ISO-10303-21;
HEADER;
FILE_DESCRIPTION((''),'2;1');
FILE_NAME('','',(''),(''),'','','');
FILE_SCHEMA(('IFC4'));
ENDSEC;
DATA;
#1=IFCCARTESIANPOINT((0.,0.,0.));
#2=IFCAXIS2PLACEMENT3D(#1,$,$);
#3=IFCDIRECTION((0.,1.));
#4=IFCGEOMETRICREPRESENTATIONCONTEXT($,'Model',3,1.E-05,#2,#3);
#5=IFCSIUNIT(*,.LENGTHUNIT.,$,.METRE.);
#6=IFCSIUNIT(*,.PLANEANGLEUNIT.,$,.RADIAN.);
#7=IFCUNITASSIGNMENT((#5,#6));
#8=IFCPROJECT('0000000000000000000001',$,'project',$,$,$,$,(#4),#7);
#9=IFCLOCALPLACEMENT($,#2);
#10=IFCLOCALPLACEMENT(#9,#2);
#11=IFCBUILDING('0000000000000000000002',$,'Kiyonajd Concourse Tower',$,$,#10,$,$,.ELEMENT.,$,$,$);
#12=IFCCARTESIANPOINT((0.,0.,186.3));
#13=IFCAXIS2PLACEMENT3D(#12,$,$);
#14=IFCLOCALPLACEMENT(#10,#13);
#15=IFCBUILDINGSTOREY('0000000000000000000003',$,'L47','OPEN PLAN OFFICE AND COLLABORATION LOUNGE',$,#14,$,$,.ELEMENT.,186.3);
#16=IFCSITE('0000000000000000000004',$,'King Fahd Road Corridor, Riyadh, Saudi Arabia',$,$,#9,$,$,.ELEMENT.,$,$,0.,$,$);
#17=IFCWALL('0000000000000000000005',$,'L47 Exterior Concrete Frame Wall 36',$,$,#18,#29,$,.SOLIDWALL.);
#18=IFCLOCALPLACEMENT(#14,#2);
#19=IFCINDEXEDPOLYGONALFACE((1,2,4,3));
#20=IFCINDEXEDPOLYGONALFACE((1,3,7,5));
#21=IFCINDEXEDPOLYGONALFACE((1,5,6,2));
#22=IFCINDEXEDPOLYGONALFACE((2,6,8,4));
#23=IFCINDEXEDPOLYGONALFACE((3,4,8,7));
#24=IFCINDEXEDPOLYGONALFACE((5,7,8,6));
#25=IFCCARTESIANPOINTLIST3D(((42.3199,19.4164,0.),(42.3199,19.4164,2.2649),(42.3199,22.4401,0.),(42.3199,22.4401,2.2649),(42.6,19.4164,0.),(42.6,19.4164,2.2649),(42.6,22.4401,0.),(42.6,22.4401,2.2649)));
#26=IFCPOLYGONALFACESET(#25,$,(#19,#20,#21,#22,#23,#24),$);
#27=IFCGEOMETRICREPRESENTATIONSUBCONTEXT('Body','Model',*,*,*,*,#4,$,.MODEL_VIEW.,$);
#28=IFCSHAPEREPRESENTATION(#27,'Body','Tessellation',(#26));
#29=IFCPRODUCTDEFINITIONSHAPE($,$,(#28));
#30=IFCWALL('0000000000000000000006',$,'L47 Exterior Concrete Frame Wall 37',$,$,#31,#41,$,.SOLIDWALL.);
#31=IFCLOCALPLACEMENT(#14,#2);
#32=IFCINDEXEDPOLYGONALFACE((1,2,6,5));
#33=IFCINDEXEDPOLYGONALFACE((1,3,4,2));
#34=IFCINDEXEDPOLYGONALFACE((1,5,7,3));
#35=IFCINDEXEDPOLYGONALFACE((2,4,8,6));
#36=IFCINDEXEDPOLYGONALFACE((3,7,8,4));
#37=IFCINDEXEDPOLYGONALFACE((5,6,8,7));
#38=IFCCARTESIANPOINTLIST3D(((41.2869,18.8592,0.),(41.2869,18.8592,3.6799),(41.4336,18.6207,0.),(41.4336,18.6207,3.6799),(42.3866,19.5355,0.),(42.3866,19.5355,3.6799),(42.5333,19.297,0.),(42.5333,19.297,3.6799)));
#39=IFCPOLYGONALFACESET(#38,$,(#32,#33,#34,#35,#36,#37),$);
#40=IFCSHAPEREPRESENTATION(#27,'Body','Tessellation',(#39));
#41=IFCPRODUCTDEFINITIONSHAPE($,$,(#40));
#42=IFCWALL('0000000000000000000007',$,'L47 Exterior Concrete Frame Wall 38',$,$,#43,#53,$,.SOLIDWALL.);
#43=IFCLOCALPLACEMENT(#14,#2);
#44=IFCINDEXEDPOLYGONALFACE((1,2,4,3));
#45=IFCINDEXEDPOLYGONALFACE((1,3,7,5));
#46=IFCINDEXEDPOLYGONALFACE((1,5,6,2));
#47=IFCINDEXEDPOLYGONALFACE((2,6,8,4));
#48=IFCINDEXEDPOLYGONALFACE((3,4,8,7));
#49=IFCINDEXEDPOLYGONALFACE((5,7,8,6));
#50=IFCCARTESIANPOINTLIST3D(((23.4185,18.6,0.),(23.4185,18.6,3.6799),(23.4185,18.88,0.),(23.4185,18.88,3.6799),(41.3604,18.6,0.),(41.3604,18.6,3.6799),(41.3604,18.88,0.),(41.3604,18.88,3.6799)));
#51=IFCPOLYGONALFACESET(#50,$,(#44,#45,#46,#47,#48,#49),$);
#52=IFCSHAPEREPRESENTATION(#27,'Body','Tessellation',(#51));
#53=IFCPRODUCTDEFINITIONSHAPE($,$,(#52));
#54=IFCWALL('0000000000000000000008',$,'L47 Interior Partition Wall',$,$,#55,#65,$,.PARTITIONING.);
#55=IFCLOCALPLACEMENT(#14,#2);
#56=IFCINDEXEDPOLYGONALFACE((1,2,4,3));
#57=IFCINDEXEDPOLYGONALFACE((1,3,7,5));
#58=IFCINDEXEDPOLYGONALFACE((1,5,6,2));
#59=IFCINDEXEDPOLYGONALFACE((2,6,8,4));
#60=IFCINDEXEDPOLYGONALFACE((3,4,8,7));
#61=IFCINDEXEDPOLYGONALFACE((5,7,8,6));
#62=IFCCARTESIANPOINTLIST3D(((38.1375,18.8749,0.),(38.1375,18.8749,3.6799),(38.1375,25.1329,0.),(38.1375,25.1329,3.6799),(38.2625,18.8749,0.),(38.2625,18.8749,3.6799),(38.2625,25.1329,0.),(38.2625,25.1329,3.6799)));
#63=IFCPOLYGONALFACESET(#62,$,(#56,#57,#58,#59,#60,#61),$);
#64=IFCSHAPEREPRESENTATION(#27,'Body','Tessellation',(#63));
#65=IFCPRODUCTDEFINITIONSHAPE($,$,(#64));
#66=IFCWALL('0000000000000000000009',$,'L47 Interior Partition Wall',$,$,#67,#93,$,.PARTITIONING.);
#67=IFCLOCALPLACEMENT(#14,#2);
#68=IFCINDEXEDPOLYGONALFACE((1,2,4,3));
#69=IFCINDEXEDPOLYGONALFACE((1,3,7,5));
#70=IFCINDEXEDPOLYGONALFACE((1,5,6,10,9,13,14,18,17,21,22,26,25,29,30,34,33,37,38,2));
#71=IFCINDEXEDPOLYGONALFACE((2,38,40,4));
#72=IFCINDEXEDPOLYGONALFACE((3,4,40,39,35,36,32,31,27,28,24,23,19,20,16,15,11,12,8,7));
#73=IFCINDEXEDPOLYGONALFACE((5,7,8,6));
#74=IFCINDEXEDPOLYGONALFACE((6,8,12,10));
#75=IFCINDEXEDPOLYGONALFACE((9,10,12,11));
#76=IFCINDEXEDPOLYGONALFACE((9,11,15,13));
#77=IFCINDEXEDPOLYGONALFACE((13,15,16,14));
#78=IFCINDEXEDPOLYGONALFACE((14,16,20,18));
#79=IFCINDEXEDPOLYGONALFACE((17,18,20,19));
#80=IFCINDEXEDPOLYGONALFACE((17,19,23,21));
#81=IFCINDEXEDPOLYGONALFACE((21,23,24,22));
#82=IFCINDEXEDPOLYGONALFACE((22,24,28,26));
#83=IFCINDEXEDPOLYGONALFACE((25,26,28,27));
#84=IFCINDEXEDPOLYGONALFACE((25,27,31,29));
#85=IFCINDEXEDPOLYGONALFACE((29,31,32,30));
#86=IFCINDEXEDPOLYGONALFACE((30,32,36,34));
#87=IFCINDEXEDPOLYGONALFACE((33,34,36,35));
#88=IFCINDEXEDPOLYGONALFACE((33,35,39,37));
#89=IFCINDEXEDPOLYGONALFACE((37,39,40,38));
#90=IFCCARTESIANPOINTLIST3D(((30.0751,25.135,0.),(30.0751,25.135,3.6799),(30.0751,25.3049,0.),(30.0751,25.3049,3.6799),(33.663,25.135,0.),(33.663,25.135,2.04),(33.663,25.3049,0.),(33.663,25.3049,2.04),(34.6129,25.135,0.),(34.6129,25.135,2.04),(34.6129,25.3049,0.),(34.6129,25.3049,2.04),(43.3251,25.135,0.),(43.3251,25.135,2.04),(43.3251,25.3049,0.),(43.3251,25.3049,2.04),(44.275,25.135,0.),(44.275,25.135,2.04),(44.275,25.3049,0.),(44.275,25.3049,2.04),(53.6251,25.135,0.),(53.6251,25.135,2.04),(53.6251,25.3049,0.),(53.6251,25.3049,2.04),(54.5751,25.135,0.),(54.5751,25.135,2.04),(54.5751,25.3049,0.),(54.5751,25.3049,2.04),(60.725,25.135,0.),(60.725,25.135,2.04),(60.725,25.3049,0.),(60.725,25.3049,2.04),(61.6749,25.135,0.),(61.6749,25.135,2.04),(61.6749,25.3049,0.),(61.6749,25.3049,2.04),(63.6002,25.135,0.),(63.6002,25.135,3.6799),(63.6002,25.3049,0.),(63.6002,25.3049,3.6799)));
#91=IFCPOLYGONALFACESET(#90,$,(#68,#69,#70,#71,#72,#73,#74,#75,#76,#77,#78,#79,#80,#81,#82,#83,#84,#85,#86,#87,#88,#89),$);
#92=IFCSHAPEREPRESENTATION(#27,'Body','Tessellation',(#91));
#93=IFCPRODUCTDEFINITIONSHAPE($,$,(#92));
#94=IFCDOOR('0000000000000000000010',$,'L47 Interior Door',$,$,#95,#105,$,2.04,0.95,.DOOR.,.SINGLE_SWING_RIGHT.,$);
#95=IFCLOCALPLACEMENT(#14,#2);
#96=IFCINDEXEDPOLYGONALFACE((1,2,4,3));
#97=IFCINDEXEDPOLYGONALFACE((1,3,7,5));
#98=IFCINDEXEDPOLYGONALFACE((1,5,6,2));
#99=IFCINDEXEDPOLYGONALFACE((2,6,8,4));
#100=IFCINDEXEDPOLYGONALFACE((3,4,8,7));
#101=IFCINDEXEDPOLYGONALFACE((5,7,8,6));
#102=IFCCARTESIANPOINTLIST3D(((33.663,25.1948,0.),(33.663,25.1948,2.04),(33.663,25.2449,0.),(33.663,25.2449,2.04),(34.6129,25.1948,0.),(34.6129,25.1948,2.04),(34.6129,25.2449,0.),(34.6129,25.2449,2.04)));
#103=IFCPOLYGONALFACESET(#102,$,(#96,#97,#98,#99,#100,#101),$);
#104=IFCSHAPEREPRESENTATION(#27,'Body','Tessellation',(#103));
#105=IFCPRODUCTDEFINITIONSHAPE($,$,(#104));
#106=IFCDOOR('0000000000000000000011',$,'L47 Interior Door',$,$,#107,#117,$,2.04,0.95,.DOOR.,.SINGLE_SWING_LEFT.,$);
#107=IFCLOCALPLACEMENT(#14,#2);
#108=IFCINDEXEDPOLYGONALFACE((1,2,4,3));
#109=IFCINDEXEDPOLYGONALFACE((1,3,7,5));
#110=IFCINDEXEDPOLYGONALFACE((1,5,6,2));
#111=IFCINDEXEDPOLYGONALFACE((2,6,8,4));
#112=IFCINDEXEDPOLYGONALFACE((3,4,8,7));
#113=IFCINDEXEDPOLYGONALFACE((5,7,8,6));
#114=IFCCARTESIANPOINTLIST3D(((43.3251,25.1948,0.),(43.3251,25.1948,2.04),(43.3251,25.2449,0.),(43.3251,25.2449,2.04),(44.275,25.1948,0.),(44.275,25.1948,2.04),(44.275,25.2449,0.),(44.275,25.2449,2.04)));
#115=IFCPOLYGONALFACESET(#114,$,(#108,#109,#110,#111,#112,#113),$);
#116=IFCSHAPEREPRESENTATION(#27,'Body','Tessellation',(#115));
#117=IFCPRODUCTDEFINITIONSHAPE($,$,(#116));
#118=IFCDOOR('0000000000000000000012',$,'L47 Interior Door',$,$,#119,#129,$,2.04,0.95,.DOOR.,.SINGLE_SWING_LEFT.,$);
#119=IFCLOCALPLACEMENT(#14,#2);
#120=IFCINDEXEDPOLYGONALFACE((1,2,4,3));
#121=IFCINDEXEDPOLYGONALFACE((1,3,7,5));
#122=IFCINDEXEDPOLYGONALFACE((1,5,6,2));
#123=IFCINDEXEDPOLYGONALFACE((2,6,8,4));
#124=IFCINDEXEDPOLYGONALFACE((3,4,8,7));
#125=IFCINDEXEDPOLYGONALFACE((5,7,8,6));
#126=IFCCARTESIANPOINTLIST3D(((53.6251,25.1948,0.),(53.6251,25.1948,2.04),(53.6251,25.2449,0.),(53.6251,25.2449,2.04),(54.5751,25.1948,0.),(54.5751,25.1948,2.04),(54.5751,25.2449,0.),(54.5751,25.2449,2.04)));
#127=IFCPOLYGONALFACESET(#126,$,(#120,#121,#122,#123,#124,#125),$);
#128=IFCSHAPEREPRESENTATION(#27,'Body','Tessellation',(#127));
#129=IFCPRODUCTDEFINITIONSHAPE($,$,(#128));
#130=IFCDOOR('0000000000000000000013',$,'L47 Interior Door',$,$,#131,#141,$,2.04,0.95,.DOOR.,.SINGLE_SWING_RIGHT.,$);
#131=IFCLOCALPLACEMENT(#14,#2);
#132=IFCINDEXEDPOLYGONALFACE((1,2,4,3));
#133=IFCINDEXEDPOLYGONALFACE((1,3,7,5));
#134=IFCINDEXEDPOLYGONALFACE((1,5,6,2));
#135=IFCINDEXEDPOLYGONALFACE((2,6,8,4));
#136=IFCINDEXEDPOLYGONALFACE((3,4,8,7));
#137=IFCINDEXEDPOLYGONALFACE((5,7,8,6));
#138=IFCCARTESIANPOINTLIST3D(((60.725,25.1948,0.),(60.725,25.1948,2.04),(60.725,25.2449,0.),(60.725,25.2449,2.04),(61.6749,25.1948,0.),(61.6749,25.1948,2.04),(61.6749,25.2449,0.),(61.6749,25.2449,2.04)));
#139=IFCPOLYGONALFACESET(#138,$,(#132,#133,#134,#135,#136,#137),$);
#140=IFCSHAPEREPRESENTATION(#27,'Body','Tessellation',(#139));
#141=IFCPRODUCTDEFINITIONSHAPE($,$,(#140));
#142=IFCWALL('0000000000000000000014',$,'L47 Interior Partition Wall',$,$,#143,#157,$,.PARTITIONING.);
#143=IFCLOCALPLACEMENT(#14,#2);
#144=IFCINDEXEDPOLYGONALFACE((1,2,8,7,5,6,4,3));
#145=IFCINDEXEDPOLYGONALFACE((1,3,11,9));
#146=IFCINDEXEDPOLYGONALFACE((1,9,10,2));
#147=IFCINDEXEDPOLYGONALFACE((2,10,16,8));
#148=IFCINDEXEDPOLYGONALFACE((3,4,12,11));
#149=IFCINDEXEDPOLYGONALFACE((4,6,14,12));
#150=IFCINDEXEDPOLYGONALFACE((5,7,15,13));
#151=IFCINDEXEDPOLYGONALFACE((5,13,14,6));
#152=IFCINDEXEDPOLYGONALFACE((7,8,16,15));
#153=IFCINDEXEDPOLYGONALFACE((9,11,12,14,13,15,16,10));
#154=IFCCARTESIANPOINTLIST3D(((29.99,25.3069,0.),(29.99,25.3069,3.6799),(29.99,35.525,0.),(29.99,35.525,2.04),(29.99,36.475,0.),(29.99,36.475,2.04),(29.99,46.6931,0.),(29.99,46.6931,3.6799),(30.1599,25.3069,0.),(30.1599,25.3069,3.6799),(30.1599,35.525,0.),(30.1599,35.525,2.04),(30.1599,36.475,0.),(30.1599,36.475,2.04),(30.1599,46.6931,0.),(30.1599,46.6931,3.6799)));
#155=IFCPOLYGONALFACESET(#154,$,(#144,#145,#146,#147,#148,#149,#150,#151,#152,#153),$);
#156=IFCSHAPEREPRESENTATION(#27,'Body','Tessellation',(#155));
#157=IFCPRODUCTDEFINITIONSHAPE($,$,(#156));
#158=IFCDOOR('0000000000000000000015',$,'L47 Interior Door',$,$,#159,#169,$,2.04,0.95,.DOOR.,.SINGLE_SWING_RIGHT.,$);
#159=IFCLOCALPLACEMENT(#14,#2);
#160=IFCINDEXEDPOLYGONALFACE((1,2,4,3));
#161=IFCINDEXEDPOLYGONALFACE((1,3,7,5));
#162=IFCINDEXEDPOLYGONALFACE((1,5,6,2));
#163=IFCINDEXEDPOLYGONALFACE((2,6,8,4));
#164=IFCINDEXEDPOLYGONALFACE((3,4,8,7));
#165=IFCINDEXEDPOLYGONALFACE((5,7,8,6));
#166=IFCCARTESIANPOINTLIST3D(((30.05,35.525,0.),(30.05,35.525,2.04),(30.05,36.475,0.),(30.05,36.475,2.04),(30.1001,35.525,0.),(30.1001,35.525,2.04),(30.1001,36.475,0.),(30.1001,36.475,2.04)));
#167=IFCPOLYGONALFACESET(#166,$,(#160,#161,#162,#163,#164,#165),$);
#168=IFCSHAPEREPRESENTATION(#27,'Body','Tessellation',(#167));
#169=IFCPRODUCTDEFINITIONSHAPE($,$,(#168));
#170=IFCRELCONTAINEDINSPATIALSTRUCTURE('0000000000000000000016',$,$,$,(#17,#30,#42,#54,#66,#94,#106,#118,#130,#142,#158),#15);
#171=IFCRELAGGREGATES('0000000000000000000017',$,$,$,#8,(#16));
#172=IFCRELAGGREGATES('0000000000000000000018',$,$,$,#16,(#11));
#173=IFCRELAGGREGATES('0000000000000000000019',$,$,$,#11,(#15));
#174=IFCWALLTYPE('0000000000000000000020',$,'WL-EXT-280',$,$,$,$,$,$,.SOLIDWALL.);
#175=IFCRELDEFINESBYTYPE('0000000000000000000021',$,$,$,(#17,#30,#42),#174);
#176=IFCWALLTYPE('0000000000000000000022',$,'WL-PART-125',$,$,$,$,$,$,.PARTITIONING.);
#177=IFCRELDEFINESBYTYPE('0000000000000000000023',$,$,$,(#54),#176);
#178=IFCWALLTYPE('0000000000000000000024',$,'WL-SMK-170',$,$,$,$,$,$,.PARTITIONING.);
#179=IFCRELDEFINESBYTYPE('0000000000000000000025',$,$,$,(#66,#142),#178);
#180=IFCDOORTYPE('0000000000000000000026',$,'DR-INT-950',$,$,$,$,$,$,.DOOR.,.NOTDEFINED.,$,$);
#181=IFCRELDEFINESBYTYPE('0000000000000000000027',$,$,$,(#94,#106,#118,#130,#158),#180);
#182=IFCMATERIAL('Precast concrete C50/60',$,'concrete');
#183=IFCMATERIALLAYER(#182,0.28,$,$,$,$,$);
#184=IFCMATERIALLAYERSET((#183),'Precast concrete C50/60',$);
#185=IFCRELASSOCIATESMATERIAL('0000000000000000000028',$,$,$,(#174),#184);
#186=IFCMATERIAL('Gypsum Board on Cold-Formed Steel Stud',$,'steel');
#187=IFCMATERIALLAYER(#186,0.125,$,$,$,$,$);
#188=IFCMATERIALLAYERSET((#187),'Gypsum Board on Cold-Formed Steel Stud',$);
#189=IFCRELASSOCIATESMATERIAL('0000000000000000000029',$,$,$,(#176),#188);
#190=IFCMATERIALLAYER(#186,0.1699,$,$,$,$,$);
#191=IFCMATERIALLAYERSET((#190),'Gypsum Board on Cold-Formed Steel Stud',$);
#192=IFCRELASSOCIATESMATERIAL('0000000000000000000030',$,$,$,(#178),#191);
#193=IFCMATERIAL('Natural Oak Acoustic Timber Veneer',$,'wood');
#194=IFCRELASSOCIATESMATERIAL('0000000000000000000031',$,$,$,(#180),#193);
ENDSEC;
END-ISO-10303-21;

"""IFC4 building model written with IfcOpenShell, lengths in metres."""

from ifc_helpers import new_model, si_unit, direction, frame, frame_2d, origin, place, context, subcontext, project, spatial, rectangle, extrude, material, layer, layer_set, type_object, element, fill, save


model = new_model("IFC4")

# Units and contexts
model_context = context("Model", 3, precision=1e-05, world=origin(), true_north=direction((0.0, 1.0)))
body_context = subcontext(model_context, "Body", "Model", "MODEL_VIEW")
ifc_project = project(units=[si_unit("LENGTHUNIT", "METRE"), si_unit("PLANEANGLEUNIT", "RADIAN")], contexts=[model_context])

# Site, building, storey
site_placement = place(None, origin())
site = spatial("IfcSite", under=ifc_project, at=site_placement, Name="King Fahd Road Corridor, Riyadh, Saudi Arabia", CompositionType="ELEMENT", RefElevation=0.0)
building_placement = place(site_placement, origin())
building = spatial("IfcBuilding", under=site, at=building_placement, Name="Kiyonajd Concourse Tower", CompositionType="ELEMENT")
storey_placement = place(building_placement, frame((0.0, 0.0, 186.3)))
storey = spatial("IfcBuildingStorey", under=building, at=storey_placement, Name="L47", Description="OPEN PLAN OFFICE AND COLLABORATION LOUNGE", CompositionType="ELEMENT", Elevation=186.3)

# Walls
ifc_material_1 = material(Name="Precast concrete C50/60", Category="concrete")
ifc_layer_1 = layer(ifc_material_1, 0.28)
ifc_layer_set_1 = layer_set([ifc_layer_1], Name="Precast concrete C50/60")
wall_type_1 = type_object("IfcWallType", Name="WL-EXT-280", PredefinedType="SOLIDWALL", material=ifc_layer_set_1)
wall_1_placement = place(storey_placement, frame((42.46, 22.4399, 0.0), z_axis=(0.0, 0.0, 1.0), x_axis=(0.0, -1.0, 0.0)))
element("IfcWall", 1, at=wall_1_placement, inside=storey, type_object=wall_type_1, Name="L47 Exterior Concrete Frame Wall 36", PredefinedType="SOLIDWALL", context=body_context, shape_type="SweptSolid", body=[
    extrude(rectangle(XDim=3.0237, YDim=0.28, at=frame_2d((1.5117, 0.0))), origin(), (0.0, 0.0, 1.0), 2.2649),
])
wall_2_placement = place(storey_placement, frame((42.46, 19.4163, 0.0), z_axis=(0.0, 0.0, 1.0), x_axis=(-0.851801, -0.523865, 0.0)))
element("IfcWall", 2, at=wall_2_placement, inside=storey, type_object=wall_type_1, Name="L47 Exterior Concrete Frame Wall 37", PredefinedType="SOLIDWALL", context=body_context, shape_type="SweptSolid", body=[
    extrude(rectangle(XDim=1.291, YDim=0.28, at=frame_2d((0.6455, 0.0))), origin(), (0.0, 0.0, 1.0), 3.6799),
])
wall_3_placement = place(storey_placement, frame((41.3604, 18.74, 0.0), z_axis=(0.0, 0.0, 1.0), x_axis=(-1.0, 0.0, 0.0)))
element("IfcWall", 3, at=wall_3_placement, inside=storey, type_object=wall_type_1, Name="L47 Exterior Concrete Frame Wall 38", PredefinedType="SOLIDWALL", context=body_context, shape_type="SweptSolid", body=[
    extrude(rectangle(XDim=17.9419, YDim=0.28, at=frame_2d((8.9709, 0.0))), origin(), (0.0, 0.0, 1.0), 3.6799),
])
ifc_material_2 = material(Name="Gypsum Board on Cold-Formed Steel Stud", Category="steel")
ifc_layer_2 = layer(ifc_material_2, 0.125)
ifc_layer_set_2 = layer_set([ifc_layer_2], Name="Gypsum Board on Cold-Formed Steel Stud")
wall_type_2 = type_object("IfcWallType", Name="WL-PART-125", PredefinedType="PARTITIONING", material=ifc_layer_set_2)
wall_4_placement = place(storey_placement, frame((38.2, 18.875, 0.0), z_axis=(0.0, 0.0, 1.0), x_axis=(0.0, 1.0, 0.0)))
element("IfcWall", 4, at=wall_4_placement, inside=storey, type_object=wall_type_2, Name="L47 Interior Partition Wall", PredefinedType="PARTITIONING", context=body_context, shape_type="SweptSolid", body=[
    extrude(rectangle(XDim=6.2581, YDim=0.125, at=frame_2d((3.1289, 0.0))), origin(), (0.0, 0.0, 1.0), 3.6799),
])

# Wall, openings, doors
ifc_layer_3 = layer(ifc_material_2, 0.1699)
ifc_layer_set_3 = layer_set([ifc_layer_3], Name="Gypsum Board on Cold-Formed Steel Stud")
wall_type_3 = type_object("IfcWallType", Name="WL-SMK-170", PredefinedType="PARTITIONING", material=ifc_layer_set_3)
wall_5_placement = place(storey_placement, frame((30.075, 25.22, 0.0), z_axis=(0.0, 0.0, 1.0), x_axis=(1.0, 0.0, 0.0)))
wall_5 = element("IfcWall", 5, at=wall_5_placement, inside=storey, type_object=wall_type_3, Name="L47 Interior Partition Wall", PredefinedType="PARTITIONING", context=body_context, shape_type="SweptSolid", body=[
    extrude(rectangle(XDim=33.5251, YDim=0.1699, at=frame_2d((16.7627, 0.0))), origin(), (0.0, 0.0, 1.0), 3.6799),
])
opening_1_placement = place(wall_5_placement, frame((3.5879, 0.0, 0.0)))
opening_1 = element("IfcOpeningElement", 6, at=opening_1_placement, cuts=wall_5, PredefinedType="OPENING", context=body_context, shape_type="SweptSolid", body=[
    extrude(rectangle(XDim=0.95, YDim=2.04, at=frame_2d((0.4751, 1.02))), frame((0.0, 0.095, 0.0), z_axis=(0.0, -1.0, 0.0), x_axis=(1.0, 0.0, 0.0)), (0.0, 0.0, 1.0), 0.1899),
])
opening_2_placement = place(wall_5_placement, frame((13.25, 0.0, 0.0)))
opening_2 = element("IfcOpeningElement", 7, at=opening_2_placement, cuts=wall_5, PredefinedType="OPENING", context=body_context, shape_type="SweptSolid", body=[
    extrude(rectangle(XDim=0.95, YDim=2.04, at=frame_2d((0.4751, 1.02))), frame((0.0, 0.095, 0.0), z_axis=(0.0, -1.0, 0.0), x_axis=(1.0, 0.0, 0.0)), (0.0, 0.0, 1.0), 0.1899),
])
opening_3_placement = place(wall_5_placement, frame((23.55, 0.0, 0.0)))
opening_3 = element("IfcOpeningElement", 8, at=opening_3_placement, cuts=wall_5, PredefinedType="OPENING", context=body_context, shape_type="SweptSolid", body=[
    extrude(rectangle(XDim=0.95, YDim=2.04, at=frame_2d((0.4751, 1.02))), frame((0.0, 0.095, 0.0), z_axis=(0.0, -1.0, 0.0), x_axis=(1.0, 0.0, 0.0)), (0.0, 0.0, 1.0), 0.1899),
])
opening_4_placement = place(wall_5_placement, frame((30.6499, 0.0, 0.0)))
opening_4 = element("IfcOpeningElement", 9, at=opening_4_placement, cuts=wall_5, PredefinedType="OPENING", context=body_context, shape_type="SweptSolid", body=[
    extrude(rectangle(XDim=0.95, YDim=2.04, at=frame_2d((0.4751, 1.02))), frame((0.0, 0.095, 0.0), z_axis=(0.0, -1.0, 0.0), x_axis=(1.0, 0.0, 0.0)), (0.0, 0.0, 1.0), 0.1899),
])
ifc_material_3 = material(Name="Natural Oak Acoustic Timber Veneer", Category="wood")
door_type_1 = type_object("IfcDoorType", Name="DR-INT-950", OperationType="NOTDEFINED", PredefinedType="DOOR", material=ifc_material_3)
door_1_placement = place(opening_1_placement, origin())
door_1 = element("IfcDoor", 10, at=door_1_placement, inside=storey, type_object=door_type_1, Name="L47 Interior Door", OperationType="SINGLE_SWING_RIGHT", OverallHeight=2.04, OverallWidth=0.95, PredefinedType="DOOR", context=body_context, shape_type="SweptSolid", body=[
    extrude(rectangle(XDim=0.95, YDim=2.04, at=frame_2d((0.4751, 1.02))), frame((0.0, 0.0249, 0.0), z_axis=(0.0, -1.0, 0.0), x_axis=(1.0, 0.0, 0.0)), (0.0, 0.0, 1.0), 0.05),
])
fill(opening_1, door_1)
door_2_placement = place(opening_2_placement, origin())
door_2 = element("IfcDoor", 11, at=door_2_placement, inside=storey, type_object=door_type_1, Name="L47 Interior Door", OperationType="SINGLE_SWING_LEFT", OverallHeight=2.04, OverallWidth=0.95, PredefinedType="DOOR", context=body_context, shape_type="SweptSolid", body=[
    extrude(rectangle(XDim=0.95, YDim=2.04, at=frame_2d((0.4751, 1.02))), frame((0.0, 0.0249, 0.0), z_axis=(0.0, -1.0, 0.0), x_axis=(1.0, 0.0, 0.0)), (0.0, 0.0, 1.0), 0.05),
])
fill(opening_2, door_2)
door_3_placement = place(opening_3_placement, origin())
door_3 = element("IfcDoor", 12, at=door_3_placement, inside=storey, type_object=door_type_1, Name="L47 Interior Door", OperationType="SINGLE_SWING_LEFT", OverallHeight=2.04, OverallWidth=0.95, PredefinedType="DOOR", context=body_context, shape_type="SweptSolid", body=[
    extrude(rectangle(XDim=0.95, YDim=2.04, at=frame_2d((0.4751, 1.02))), frame((0.0, 0.0249, 0.0), z_axis=(0.0, -1.0, 0.0), x_axis=(1.0, 0.0, 0.0)), (0.0, 0.0, 1.0), 0.05),
])
fill(opening_3, door_3)
door_4_placement = place(opening_4_placement, origin())
door_4 = element("IfcDoor", 13, at=door_4_placement, inside=storey, type_object=door_type_1, Name="L47 Interior Door", OperationType="SINGLE_SWING_RIGHT", OverallHeight=2.04, OverallWidth=0.95, PredefinedType="DOOR", context=body_context, shape_type="SweptSolid", body=[
    extrude(rectangle(XDim=0.95, YDim=2.04, at=frame_2d((0.4751, 1.02))), frame((0.0, 0.0249, 0.0), z_axis=(0.0, -1.0, 0.0), x_axis=(1.0, 0.0, 0.0)), (0.0, 0.0, 1.0), 0.05),
])
fill(opening_4, door_4)

# Wall, opening, door
wall_6_placement = place(storey_placement, frame((30.075, 25.3069, 0.0), z_axis=(0.0, 0.0, 1.0), x_axis=(0.0, 1.0, 0.0)))
wall_6 = element("IfcWall", 14, at=wall_6_placement, inside=storey, type_object=wall_type_3, Name="L47 Interior Partition Wall", PredefinedType="PARTITIONING", context=body_context, shape_type="SweptSolid", body=[
    extrude(rectangle(XDim=21.3862, YDim=0.1699, at=frame_2d((10.6931, 0.0))), origin(), (0.0, 0.0, 1.0), 3.6799),
])
opening_5_placement = place(wall_6_placement, frame((10.218, 0.0, 0.0)))
opening_5 = element("IfcOpeningElement", 15, at=opening_5_placement, cuts=wall_6, PredefinedType="OPENING", context=body_context, shape_type="SweptSolid", body=[
    extrude(rectangle(XDim=0.95, YDim=2.04, at=frame_2d((0.4751, 1.02))), frame((0.0, 0.095, 0.0), z_axis=(0.0, -1.0, 0.0), x_axis=(1.0, 0.0, 0.0)), (0.0, 0.0, 1.0), 0.1899),
])
door_5_placement = place(opening_5_placement, origin())
door_5 = element("IfcDoor", 16, at=door_5_placement, inside=storey, type_object=door_type_1, Name="L47 Interior Door", OperationType="SINGLE_SWING_RIGHT", OverallHeight=2.04, OverallWidth=0.95, PredefinedType="DOOR", context=body_context, shape_type="SweptSolid", body=[
    extrude(rectangle(XDim=0.95, YDim=2.04, at=frame_2d((0.4751, 1.02))), frame((0.0, 0.0249, 0.0), z_axis=(0.0, -1.0, 0.0), x_axis=(1.0, 0.0, 0.0)), (0.0, 0.0, 1.0), 0.05),
])
fill(opening_5, door_5)

save(model, "model.ifc")
